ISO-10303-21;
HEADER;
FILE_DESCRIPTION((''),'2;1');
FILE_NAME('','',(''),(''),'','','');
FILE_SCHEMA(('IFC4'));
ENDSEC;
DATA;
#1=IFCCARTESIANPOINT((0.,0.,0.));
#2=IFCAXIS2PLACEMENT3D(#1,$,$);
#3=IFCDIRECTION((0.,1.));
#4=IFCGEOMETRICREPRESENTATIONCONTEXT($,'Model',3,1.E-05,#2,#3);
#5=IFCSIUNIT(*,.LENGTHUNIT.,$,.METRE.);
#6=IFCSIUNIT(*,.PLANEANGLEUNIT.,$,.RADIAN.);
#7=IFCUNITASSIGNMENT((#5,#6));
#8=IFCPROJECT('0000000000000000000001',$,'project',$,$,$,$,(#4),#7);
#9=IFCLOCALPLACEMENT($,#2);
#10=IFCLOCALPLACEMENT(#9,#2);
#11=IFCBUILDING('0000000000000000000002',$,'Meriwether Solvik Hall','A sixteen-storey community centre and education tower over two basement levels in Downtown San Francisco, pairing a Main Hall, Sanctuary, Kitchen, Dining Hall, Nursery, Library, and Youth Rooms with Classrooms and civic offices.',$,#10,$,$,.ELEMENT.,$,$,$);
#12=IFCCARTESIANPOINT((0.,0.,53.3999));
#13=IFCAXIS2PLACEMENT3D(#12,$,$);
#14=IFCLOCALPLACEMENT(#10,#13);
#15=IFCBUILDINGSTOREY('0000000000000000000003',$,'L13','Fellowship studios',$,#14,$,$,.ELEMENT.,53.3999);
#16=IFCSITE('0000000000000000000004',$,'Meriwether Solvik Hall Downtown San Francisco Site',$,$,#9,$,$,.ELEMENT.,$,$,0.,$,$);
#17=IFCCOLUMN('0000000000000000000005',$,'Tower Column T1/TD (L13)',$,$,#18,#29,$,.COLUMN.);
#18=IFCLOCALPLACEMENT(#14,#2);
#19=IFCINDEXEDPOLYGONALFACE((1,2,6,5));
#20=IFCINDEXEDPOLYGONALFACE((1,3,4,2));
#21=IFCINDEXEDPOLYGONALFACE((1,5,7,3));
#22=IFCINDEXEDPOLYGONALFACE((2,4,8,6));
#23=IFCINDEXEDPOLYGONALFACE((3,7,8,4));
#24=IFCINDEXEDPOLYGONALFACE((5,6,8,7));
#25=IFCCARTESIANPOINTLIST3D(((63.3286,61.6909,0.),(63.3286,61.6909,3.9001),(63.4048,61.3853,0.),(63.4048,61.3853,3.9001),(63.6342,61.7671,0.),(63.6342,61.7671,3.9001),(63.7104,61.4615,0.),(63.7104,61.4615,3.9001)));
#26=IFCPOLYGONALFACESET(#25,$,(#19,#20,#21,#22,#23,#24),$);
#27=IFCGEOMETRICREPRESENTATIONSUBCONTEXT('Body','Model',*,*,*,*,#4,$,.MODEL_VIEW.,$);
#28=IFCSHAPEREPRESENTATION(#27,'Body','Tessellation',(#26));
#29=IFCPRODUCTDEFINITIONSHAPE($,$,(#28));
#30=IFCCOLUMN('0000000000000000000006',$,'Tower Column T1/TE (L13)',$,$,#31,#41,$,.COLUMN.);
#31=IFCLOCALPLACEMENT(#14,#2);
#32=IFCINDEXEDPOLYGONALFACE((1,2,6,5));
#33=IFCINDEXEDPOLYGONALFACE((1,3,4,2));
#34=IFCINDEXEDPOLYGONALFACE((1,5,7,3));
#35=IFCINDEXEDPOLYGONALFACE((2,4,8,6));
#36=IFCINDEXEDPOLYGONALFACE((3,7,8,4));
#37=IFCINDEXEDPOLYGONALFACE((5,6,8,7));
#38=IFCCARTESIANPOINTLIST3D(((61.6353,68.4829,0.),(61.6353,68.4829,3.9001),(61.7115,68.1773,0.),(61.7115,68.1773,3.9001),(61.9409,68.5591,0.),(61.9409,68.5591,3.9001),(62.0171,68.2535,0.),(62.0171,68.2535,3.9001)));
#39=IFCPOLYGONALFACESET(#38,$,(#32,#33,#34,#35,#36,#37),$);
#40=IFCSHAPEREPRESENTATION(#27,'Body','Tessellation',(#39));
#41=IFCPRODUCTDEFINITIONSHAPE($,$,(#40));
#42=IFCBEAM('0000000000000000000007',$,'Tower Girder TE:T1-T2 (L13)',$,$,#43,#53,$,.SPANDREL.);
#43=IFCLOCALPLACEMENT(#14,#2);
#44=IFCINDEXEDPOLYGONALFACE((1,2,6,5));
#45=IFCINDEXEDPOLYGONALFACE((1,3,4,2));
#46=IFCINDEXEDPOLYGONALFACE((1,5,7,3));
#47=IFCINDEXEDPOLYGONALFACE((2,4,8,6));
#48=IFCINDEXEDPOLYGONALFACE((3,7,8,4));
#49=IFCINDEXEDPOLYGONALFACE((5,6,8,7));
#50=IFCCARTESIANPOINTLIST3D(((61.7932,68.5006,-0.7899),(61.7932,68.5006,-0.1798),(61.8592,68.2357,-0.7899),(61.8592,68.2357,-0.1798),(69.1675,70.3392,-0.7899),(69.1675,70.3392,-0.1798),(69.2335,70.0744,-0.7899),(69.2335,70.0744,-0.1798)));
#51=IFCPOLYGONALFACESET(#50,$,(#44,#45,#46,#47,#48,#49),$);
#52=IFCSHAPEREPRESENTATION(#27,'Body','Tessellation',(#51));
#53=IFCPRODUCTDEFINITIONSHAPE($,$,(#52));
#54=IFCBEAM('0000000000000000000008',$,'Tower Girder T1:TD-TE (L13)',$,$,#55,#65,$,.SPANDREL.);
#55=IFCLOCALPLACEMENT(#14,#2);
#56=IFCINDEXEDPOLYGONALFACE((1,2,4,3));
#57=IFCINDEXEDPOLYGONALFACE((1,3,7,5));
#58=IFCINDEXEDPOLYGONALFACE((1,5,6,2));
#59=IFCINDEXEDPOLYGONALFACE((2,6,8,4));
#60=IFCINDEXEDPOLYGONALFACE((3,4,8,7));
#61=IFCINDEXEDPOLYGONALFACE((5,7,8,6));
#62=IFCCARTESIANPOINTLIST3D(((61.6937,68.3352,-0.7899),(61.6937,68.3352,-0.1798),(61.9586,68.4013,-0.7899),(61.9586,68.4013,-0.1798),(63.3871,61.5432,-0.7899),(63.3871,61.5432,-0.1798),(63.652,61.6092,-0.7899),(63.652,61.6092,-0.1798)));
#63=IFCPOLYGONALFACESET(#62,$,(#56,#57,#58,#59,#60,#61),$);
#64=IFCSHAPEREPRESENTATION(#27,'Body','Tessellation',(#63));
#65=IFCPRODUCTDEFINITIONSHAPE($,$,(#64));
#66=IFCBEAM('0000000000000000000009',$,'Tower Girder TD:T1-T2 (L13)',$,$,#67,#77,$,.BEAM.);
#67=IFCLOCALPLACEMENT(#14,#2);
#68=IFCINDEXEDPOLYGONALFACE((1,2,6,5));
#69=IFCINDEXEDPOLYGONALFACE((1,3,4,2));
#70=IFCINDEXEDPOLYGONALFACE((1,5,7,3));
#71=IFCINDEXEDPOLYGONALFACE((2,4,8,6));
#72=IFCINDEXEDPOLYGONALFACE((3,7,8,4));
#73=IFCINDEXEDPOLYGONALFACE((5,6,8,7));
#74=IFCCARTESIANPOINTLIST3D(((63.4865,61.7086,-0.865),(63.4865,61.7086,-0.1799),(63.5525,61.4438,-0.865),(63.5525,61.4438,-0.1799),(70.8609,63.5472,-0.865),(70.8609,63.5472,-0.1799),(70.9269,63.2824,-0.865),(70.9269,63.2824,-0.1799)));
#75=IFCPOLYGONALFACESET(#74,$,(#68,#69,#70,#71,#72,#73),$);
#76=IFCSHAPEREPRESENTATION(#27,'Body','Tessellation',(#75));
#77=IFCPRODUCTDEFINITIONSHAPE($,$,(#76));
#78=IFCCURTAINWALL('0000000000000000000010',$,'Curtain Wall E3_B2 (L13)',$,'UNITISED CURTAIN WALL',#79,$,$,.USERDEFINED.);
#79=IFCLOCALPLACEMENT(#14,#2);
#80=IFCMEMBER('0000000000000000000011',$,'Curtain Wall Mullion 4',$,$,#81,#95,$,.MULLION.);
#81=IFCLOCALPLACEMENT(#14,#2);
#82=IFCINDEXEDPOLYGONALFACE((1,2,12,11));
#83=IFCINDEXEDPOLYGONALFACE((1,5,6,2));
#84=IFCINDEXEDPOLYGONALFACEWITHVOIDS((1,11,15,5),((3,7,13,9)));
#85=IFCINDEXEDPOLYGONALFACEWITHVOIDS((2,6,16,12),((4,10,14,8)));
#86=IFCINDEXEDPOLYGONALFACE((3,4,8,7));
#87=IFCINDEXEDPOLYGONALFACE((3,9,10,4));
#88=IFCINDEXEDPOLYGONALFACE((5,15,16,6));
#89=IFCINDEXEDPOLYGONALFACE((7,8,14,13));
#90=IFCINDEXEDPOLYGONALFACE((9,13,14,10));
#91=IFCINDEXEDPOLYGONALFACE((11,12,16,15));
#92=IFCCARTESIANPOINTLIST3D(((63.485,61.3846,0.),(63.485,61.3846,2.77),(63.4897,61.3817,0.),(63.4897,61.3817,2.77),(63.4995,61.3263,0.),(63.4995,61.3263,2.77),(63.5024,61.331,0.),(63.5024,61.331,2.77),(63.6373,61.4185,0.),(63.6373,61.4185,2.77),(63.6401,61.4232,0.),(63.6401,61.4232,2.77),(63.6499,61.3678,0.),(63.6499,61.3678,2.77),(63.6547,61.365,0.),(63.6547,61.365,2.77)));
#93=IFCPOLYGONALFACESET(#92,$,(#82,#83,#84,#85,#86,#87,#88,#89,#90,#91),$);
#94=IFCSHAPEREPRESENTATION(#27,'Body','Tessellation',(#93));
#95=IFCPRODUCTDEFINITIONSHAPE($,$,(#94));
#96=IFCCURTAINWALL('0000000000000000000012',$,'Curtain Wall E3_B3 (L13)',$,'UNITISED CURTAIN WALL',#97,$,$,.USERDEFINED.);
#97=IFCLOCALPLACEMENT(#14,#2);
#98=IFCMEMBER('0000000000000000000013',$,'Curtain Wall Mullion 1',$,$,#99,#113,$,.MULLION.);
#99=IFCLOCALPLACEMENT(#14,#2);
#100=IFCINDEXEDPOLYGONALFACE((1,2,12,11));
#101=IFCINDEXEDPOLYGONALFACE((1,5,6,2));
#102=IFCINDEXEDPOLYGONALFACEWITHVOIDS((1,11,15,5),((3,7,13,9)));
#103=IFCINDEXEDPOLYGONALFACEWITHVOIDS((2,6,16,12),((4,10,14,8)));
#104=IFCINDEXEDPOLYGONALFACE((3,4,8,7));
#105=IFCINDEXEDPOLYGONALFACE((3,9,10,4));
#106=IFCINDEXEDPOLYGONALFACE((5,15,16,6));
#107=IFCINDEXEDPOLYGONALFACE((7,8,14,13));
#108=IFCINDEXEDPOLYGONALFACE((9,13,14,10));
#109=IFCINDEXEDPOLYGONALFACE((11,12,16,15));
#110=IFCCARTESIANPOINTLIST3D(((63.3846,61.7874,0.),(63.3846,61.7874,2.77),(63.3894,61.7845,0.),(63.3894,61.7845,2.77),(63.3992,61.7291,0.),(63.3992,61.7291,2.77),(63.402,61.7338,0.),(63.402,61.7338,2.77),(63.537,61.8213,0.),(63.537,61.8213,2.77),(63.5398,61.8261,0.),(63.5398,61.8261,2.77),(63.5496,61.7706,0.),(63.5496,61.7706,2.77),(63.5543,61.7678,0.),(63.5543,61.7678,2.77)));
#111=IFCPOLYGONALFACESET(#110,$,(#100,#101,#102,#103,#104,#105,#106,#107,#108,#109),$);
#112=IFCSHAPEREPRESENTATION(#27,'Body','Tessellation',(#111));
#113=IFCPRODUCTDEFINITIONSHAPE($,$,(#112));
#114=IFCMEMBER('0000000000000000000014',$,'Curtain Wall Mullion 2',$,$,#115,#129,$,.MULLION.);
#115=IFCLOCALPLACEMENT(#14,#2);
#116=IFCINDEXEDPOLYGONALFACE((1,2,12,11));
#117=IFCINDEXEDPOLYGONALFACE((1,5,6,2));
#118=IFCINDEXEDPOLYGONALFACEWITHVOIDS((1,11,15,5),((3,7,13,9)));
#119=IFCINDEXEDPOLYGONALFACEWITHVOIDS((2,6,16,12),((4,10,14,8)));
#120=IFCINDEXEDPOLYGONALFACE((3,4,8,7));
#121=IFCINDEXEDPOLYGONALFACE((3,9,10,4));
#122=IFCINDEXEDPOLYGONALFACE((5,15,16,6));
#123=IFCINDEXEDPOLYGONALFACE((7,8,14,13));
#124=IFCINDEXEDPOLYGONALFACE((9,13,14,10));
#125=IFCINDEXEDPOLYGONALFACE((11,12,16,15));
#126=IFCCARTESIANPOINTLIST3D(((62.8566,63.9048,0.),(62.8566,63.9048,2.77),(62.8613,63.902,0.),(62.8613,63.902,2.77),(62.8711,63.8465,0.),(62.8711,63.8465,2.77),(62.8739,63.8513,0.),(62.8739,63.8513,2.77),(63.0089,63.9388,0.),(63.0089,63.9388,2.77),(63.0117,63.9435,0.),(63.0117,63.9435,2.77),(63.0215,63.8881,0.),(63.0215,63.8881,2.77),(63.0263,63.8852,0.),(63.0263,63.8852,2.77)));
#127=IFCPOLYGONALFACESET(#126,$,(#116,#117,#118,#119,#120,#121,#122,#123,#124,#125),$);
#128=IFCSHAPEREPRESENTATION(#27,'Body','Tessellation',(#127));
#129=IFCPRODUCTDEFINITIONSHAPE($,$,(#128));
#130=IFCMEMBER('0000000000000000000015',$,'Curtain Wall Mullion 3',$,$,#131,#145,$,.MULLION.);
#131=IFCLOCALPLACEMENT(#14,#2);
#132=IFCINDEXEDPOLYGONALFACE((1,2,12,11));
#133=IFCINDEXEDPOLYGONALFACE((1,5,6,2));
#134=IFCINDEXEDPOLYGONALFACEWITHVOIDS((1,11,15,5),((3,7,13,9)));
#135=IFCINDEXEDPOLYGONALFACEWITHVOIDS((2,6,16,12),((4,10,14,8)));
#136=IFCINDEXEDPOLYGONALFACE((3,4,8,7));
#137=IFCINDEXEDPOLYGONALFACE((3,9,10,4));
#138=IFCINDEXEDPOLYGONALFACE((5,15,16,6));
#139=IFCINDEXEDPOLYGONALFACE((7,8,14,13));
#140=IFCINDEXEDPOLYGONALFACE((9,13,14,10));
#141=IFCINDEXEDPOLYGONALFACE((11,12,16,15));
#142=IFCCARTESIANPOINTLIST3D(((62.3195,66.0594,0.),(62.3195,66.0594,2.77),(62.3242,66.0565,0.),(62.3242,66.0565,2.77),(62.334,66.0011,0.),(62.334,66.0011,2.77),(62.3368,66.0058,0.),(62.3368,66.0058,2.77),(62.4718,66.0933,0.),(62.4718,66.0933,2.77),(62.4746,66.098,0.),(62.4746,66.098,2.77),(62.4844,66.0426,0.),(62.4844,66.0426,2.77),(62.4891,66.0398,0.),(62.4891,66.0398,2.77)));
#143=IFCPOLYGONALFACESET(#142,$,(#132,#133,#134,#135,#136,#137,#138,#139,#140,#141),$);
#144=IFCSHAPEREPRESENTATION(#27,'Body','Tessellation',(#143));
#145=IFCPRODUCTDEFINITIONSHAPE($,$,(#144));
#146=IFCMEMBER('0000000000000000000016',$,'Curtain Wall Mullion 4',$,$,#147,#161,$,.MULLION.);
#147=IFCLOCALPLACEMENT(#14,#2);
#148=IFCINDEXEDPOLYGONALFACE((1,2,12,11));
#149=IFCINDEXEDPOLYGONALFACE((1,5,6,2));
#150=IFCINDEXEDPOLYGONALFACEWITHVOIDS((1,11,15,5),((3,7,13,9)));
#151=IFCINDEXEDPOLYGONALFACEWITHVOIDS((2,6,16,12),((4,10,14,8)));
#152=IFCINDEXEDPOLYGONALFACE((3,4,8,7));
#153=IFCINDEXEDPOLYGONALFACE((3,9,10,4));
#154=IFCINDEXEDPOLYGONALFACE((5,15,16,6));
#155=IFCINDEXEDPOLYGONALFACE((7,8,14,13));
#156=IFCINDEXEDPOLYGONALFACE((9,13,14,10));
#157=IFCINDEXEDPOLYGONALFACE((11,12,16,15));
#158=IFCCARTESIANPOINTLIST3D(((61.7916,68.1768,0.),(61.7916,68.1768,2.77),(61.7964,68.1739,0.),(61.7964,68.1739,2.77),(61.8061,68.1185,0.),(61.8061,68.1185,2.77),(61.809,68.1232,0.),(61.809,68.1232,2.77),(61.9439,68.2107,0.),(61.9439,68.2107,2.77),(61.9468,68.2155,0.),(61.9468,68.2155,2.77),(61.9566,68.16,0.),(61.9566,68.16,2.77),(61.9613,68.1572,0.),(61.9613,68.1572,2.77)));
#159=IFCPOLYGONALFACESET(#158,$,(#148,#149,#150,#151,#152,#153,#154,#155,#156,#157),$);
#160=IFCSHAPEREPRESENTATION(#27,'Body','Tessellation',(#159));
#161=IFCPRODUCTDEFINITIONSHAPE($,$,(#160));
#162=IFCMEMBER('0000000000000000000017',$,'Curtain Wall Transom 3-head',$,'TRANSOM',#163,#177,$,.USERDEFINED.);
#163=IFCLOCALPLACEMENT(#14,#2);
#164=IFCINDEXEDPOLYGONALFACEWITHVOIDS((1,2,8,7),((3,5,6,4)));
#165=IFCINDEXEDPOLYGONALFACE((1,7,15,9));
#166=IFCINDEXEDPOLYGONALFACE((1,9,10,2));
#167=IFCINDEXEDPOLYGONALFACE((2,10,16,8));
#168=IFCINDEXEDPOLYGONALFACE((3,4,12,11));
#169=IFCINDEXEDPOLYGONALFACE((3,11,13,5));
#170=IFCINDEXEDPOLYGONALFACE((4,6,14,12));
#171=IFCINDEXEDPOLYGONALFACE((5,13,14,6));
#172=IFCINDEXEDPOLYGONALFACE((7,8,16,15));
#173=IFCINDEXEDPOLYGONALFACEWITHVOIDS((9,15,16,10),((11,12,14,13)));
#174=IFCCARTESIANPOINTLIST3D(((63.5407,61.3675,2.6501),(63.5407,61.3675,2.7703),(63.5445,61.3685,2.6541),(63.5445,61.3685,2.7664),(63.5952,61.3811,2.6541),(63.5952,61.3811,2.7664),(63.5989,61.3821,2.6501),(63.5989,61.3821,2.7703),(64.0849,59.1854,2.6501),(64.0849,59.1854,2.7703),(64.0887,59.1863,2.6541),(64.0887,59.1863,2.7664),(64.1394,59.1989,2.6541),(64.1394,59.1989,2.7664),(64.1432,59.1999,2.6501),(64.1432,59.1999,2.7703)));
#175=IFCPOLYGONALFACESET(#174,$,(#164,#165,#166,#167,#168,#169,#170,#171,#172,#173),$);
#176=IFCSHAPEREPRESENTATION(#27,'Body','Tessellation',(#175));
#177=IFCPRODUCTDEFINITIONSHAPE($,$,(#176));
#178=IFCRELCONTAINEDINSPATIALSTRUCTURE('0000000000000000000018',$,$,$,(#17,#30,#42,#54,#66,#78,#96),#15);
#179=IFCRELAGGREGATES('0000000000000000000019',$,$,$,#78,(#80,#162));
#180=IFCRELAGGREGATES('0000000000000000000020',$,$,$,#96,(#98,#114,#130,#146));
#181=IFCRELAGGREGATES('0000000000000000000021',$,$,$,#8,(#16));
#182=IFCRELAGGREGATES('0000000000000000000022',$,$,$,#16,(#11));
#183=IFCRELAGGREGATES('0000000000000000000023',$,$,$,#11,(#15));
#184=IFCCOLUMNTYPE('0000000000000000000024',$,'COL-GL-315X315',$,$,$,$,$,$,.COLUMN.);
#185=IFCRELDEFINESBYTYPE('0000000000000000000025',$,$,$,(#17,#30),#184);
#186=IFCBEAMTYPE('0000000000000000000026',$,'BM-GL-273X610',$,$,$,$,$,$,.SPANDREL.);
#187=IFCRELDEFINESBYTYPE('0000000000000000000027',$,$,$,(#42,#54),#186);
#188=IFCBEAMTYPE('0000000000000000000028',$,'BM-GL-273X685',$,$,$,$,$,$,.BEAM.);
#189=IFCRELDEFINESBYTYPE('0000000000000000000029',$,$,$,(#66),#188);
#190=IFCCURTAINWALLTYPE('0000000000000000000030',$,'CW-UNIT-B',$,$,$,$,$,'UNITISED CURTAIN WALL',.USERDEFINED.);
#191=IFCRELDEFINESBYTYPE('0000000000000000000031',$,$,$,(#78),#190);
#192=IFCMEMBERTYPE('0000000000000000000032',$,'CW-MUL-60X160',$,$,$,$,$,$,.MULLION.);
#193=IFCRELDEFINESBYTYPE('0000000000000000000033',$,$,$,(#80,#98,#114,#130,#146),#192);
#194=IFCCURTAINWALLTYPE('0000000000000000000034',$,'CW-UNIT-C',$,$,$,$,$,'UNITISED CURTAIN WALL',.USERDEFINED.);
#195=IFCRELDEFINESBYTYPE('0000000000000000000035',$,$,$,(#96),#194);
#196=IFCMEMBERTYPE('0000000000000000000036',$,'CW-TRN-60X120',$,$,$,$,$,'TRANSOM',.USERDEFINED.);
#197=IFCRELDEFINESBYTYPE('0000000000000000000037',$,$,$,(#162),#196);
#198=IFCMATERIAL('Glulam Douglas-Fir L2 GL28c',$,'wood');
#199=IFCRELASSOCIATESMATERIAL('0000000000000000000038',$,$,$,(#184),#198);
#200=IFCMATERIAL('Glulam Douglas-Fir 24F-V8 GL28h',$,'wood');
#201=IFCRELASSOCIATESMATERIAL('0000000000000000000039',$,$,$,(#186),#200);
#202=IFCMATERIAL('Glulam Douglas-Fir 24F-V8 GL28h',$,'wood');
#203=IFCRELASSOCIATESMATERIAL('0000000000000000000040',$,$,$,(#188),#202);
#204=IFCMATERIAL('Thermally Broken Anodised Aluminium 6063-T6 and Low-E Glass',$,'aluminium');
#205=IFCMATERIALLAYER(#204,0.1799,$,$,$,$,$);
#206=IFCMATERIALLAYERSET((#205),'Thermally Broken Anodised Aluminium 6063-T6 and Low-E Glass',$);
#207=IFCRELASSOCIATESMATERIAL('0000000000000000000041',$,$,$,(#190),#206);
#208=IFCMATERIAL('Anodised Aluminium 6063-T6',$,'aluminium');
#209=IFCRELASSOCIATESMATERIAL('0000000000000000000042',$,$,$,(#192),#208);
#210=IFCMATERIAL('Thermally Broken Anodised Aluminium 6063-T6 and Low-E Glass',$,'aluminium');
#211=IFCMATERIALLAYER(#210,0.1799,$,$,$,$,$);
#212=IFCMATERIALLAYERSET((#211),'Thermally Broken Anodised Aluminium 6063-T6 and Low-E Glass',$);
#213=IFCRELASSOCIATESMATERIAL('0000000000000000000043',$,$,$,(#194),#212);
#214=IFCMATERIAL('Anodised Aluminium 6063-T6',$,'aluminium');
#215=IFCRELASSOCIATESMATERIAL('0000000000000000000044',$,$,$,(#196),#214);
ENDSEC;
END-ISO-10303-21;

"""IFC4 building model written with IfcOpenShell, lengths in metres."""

from ifc_helpers import new_model, si_unit, direction, frame, origin, origin_2d, place, context, subcontext, project, spatial, rectangle, hollow_rectangle, extrude, material, layer, layer_set, material_profile, profile_set, type_object, element, aggregate, save


model = new_model("IFC4")

# Units and contexts
model_context = context("Model", 3, precision=1e-05, world=origin(), true_north=direction((0.0, 1.0)))
body_context = subcontext(model_context, "Body", "Model", "MODEL_VIEW")
ifc_project = project(units=[si_unit("LENGTHUNIT", "METRE"), si_unit("PLANEANGLEUNIT", "RADIAN")], contexts=[model_context])

# Site, building, storey
site_placement = place(None, origin())
site = spatial("IfcSite", under=ifc_project, at=site_placement, Name="Meriwether Solvik Hall Downtown San Francisco Site", CompositionType="ELEMENT", RefElevation=0.0)
building_placement = place(site_placement, origin())
building = spatial("IfcBuilding", under=site, at=building_placement, Name="Meriwether Solvik Hall", Description="A sixteen-storey community centre and education tower over two basement levels in Downtown San Francisco, pairing a Main Hall, Sanctuary, Kitchen, Dining Hall, Nursery, Library, and Youth Rooms with Classrooms and civic offices.", CompositionType="ELEMENT")
storey_placement = place(building_placement, frame((0.0, 0.0, 53.3999)))
storey = spatial("IfcBuildingStorey", under=building, at=storey_placement, Name="L13", Description="Fellowship studios", CompositionType="ELEMENT", Elevation=53.3999)

# Columns
ifc_material_1 = material(Name="Glulam Douglas-Fir L2 GL28c", Category="wood")
ifc_material_profile_1 = material_profile(ifc_material_1, rectangle(XDim=0.3149, YDim=0.3149, at=origin_2d()), Name="GLC-315X315")
ifc_profile_set_1 = profile_set([ifc_material_profile_1], Name="Glulam Douglas-Fir L2 GL28c")
column_type = type_object("IfcColumnType", Name="COL-GL-315X315", PredefinedType="COLUMN", material=ifc_profile_set_1)
for number, where, z_axis, x_axis, name in (
    (1, (63.5195, 61.5762, 0.0), (0.0, 0.0, 1.0), (0.970296, 0.241922, 0.0), "Tower Column T1/TD (L13)"),
    (2, (61.8262, 68.3682, 0.0), (0.0, 0.0, 1.0), (0.970296, 0.241922, 0.0), "Tower Column T1/TE (L13)"),
):
    element("IfcColumn", number, at=place(storey_placement, frame(where, z_axis=z_axis, x_axis=x_axis)), inside=storey, type_object=column_type, Name=name, PredefinedType="COLUMN", context=body_context, shape_type="SweptSolid", body=[
        extrude(rectangle(XDim=0.3149, YDim=0.3149, at=origin_2d()), origin(), (0.0, 0.0, 1.0), 3.9001),
    ])

# Beams
ifc_material_2 = material(Name="Glulam Douglas-Fir 24F-V8 GL28h", Category="wood")
ifc_material_profile_2 = material_profile(ifc_material_2, rectangle(XDim=0.2729, YDim=0.6101, at=origin_2d()), Name="GLB-273X610")
ifc_profile_set_2 = profile_set([ifc_material_profile_2], Name="Glulam Douglas-Fir 24F-V8 GL28h")
beam_type_1 = type_object("IfcBeamType", Name="BM-GL-273X610", PredefinedType="SPANDREL", material=ifc_profile_set_2)
beam_1_placement = place(storey_placement, frame((61.8262, 68.3682, -0.4849), z_axis=(0.970295, 0.241923, 0.0), x_axis=(-0.241923, 0.970295, 0.0)))
element("IfcBeam", 3, at=beam_1_placement, inside=storey, type_object=beam_type_1, Name="Tower Girder TE:T1-T2 (L13)", PredefinedType="SPANDREL", context=body_context, shape_type="SweptSolid", body=[
    extrude(rectangle(XDim=0.2729, YDim=0.6101, at=origin_2d()), origin(), (0.0, 0.0, 1.0), 7.6001),
])
beam_2_placement = place(storey_placement, frame((63.5195, 61.5762, -0.4849), z_axis=(-0.241912, 0.970298, 0.0), x_axis=(-0.970298, -0.241912, 0.0)))
element("IfcBeam", 4, at=beam_2_placement, inside=storey, type_object=beam_type_1, Name="Tower Girder T1:TD-TE (L13)", PredefinedType="SPANDREL", context=body_context, shape_type="SweptSolid", body=[
    extrude(rectangle(XDim=0.2729, YDim=0.6101, at=origin_2d()), origin(), (0.0, 0.0, 1.0), 7.0),
])
ifc_material_3 = material(Name="Glulam Douglas-Fir 24F-V8 GL28h", Category="wood")
ifc_material_profile_3 = material_profile(ifc_material_3, rectangle(XDim=0.2729, YDim=0.6851, at=origin_2d()), Name="GLB-273X685")
ifc_profile_set_3 = profile_set([ifc_material_profile_3], Name="Glulam Douglas-Fir 24F-V8 GL28h")
beam_type_2 = type_object("IfcBeamType", Name="BM-GL-273X685", PredefinedType="BEAM", material=ifc_profile_set_3)
beam_3_placement = place(storey_placement, frame((63.5195, 61.5762, -0.5225), z_axis=(0.970295, 0.241923, 0.0), x_axis=(-0.241923, 0.970295, 0.0)))
element("IfcBeam", 5, at=beam_3_placement, inside=storey, type_object=beam_type_2, Name="Tower Girder TD:T1-T2 (L13)", PredefinedType="BEAM", context=body_context, shape_type="SweptSolid", body=[
    extrude(rectangle(XDim=0.2729, YDim=0.6851, at=origin_2d()), origin(), (0.0, 0.0, 1.0), 7.6001),
])

# Curtain wall, member
ifc_material_4 = material(Name="Thermally Broken Anodised Aluminium 6063-T6 and Low-E Glass", Category="aluminium")
ifc_layer_1 = layer(ifc_material_4, 0.1799)
ifc_layer_set_1 = layer_set([ifc_layer_1], Name="Thermally Broken Anodised Aluminium 6063-T6 and Low-E Glass")
curtain_wall_type_1 = type_object("IfcCurtainWallType", Name="CW-UNIT-B", ElementType="UNITISED CURTAIN WALL", PredefinedType="USERDEFINED", material=ifc_layer_set_1)
curtain_wall_1_placement = place(storey_placement, origin())
curtain_wall_1 = element("IfcCurtainWall", 6, at=curtain_wall_1_placement, inside=storey, type_object=curtain_wall_type_1, Name="Curtain Wall E3_B2 (L13)", ObjectType="UNITISED CURTAIN WALL", PredefinedType="USERDEFINED")
ifc_material_5 = material(Name="Anodised Aluminium 6063-T6", Category="aluminium")
ifc_material_profile_4 = material_profile(ifc_material_5, hollow_rectangle(XDim=0.0601, YDim=0.1599, WallThickness=0.0039, at=origin_2d()), Name="CWM-60X160")
ifc_profile_set_4 = profile_set([ifc_material_profile_4], Name="Anodised Aluminium 6063-T6")
member_type_1 = type_object("IfcMemberType", Name="CW-MUL-60X160", PredefinedType="MULLION", material=ifc_profile_set_4)
member_1_placement = place(storey_placement, frame((63.5698, 61.3748, 0.0), z_axis=(0.0, 0.0, 1.0), x_axis=(-0.241922, 0.970296, 0.0)))
member_1 = element("IfcMember", 7, at=member_1_placement, type_object=member_type_1, Name="Curtain Wall Mullion 4", PredefinedType="MULLION", context=body_context, shape_type="SweptSolid", body=[
    extrude(hollow_rectangle(XDim=0.0601, YDim=0.1599, WallThickness=0.0039, at=origin_2d()), origin(), (0.0, 0.0, 1.0), 2.77),
])

# Curtain wall, members
ifc_material_6 = material(Name="Thermally Broken Anodised Aluminium 6063-T6 and Low-E Glass", Category="aluminium")
ifc_layer_2 = layer(ifc_material_6, 0.1799)
ifc_layer_set_2 = layer_set([ifc_layer_2], Name="Thermally Broken Anodised Aluminium 6063-T6 and Low-E Glass")
curtain_wall_type_2 = type_object("IfcCurtainWallType", Name="CW-UNIT-C", ElementType="UNITISED CURTAIN WALL", PredefinedType="USERDEFINED", material=ifc_layer_set_2)
curtain_wall_2_placement = place(storey_placement, origin())
curtain_wall_2 = element("IfcCurtainWall", 8, at=curtain_wall_2_placement, inside=storey, type_object=curtain_wall_type_2, Name="Curtain Wall E3_B3 (L13)", ObjectType="UNITISED CURTAIN WALL", PredefinedType="USERDEFINED")
member_2_placement = place(storey_placement, frame((63.4695, 61.7776, 0.0), z_axis=(0.0, 0.0, 1.0), x_axis=(-0.241922, 0.970296, 0.0)))
member_2 = element("IfcMember", 9, at=member_2_placement, type_object=member_type_1, Name="Curtain Wall Mullion 1", PredefinedType="MULLION", context=body_context, shape_type="SweptSolid", body=[
    extrude(hollow_rectangle(XDim=0.0601, YDim=0.1599, WallThickness=0.0039, at=origin_2d()), origin(), (0.0, 0.0, 1.0), 2.77),
])
member_3_placement = place(storey_placement, frame((62.9414, 63.895, 0.0), z_axis=(0.0, 0.0, 1.0), x_axis=(-0.241922, 0.970296, 0.0)))
member_3 = element("IfcMember", 10, at=member_3_placement, type_object=member_type_1, Name="Curtain Wall Mullion 2", PredefinedType="MULLION", context=body_context, shape_type="SweptSolid", body=[
    extrude(hollow_rectangle(XDim=0.0601, YDim=0.1599, WallThickness=0.0039, at=origin_2d()), origin(), (0.0, 0.0, 1.0), 2.77),
])
member_4_placement = place(storey_placement, frame((62.4043, 66.0496, 0.0), z_axis=(0.0, 0.0, 1.0), x_axis=(-0.241922, 0.970296, 0.0)))
member_4 = element("IfcMember", 11, at=member_4_placement, type_object=member_type_1, Name="Curtain Wall Mullion 3", PredefinedType="MULLION", context=body_context, shape_type="SweptSolid", body=[
    extrude(hollow_rectangle(XDim=0.0601, YDim=0.1599, WallThickness=0.0039, at=origin_2d()), origin(), (0.0, 0.0, 1.0), 2.77),
])
member_5_placement = place(storey_placement, frame((61.8765, 68.167, 0.0), z_axis=(0.0, 0.0, 1.0), x_axis=(-0.241922, 0.970296, 0.0)))
member_5 = element("IfcMember", 12, at=member_5_placement, type_object=member_type_1, Name="Curtain Wall Mullion 4", PredefinedType="MULLION", context=body_context, shape_type="SweptSolid", body=[
    extrude(hollow_rectangle(XDim=0.0601, YDim=0.1599, WallThickness=0.0039, at=origin_2d()), origin(), (0.0, 0.0, 1.0), 2.77),
])

# Member
ifc_material_7 = material(Name="Anodised Aluminium 6063-T6", Category="aluminium")
ifc_material_profile_5 = material_profile(ifc_material_7, hollow_rectangle(XDim=0.0601, YDim=0.1201, WallThickness=0.0039, at=origin_2d()), Name="CWT-60X120")
ifc_profile_set_5 = profile_set([ifc_material_profile_5], Name="Anodised Aluminium 6063-T6")
member_type_2 = type_object("IfcMemberType", Name="CW-TRN-60X120", ElementType="TRANSOM", PredefinedType="USERDEFINED", material=ifc_profile_set_5)
member_6_placement = place(storey_placement, frame((64.114, 59.1926, 2.7102), z_axis=(-0.241974, 0.970283, 0.0), x_axis=(-0.970283, -0.241974, 0.0)))
member_6 = element("IfcMember", 13, at=member_6_placement, type_object=member_type_2, Name="Curtain Wall Transom 3-head", ObjectType="TRANSOM", PredefinedType="USERDEFINED", context=body_context, shape_type="SweptSolid", body=[
    extrude(hollow_rectangle(XDim=0.0601, YDim=0.1201, WallThickness=0.0039, at=origin_2d()), origin(), (0.0, 0.0, 1.0), 2.249),
])

aggregate(curtain_wall_1, [member_1, member_6])
aggregate(curtain_wall_2, [member_2, member_3, member_4, member_5])

save(model, "model.ifc")
